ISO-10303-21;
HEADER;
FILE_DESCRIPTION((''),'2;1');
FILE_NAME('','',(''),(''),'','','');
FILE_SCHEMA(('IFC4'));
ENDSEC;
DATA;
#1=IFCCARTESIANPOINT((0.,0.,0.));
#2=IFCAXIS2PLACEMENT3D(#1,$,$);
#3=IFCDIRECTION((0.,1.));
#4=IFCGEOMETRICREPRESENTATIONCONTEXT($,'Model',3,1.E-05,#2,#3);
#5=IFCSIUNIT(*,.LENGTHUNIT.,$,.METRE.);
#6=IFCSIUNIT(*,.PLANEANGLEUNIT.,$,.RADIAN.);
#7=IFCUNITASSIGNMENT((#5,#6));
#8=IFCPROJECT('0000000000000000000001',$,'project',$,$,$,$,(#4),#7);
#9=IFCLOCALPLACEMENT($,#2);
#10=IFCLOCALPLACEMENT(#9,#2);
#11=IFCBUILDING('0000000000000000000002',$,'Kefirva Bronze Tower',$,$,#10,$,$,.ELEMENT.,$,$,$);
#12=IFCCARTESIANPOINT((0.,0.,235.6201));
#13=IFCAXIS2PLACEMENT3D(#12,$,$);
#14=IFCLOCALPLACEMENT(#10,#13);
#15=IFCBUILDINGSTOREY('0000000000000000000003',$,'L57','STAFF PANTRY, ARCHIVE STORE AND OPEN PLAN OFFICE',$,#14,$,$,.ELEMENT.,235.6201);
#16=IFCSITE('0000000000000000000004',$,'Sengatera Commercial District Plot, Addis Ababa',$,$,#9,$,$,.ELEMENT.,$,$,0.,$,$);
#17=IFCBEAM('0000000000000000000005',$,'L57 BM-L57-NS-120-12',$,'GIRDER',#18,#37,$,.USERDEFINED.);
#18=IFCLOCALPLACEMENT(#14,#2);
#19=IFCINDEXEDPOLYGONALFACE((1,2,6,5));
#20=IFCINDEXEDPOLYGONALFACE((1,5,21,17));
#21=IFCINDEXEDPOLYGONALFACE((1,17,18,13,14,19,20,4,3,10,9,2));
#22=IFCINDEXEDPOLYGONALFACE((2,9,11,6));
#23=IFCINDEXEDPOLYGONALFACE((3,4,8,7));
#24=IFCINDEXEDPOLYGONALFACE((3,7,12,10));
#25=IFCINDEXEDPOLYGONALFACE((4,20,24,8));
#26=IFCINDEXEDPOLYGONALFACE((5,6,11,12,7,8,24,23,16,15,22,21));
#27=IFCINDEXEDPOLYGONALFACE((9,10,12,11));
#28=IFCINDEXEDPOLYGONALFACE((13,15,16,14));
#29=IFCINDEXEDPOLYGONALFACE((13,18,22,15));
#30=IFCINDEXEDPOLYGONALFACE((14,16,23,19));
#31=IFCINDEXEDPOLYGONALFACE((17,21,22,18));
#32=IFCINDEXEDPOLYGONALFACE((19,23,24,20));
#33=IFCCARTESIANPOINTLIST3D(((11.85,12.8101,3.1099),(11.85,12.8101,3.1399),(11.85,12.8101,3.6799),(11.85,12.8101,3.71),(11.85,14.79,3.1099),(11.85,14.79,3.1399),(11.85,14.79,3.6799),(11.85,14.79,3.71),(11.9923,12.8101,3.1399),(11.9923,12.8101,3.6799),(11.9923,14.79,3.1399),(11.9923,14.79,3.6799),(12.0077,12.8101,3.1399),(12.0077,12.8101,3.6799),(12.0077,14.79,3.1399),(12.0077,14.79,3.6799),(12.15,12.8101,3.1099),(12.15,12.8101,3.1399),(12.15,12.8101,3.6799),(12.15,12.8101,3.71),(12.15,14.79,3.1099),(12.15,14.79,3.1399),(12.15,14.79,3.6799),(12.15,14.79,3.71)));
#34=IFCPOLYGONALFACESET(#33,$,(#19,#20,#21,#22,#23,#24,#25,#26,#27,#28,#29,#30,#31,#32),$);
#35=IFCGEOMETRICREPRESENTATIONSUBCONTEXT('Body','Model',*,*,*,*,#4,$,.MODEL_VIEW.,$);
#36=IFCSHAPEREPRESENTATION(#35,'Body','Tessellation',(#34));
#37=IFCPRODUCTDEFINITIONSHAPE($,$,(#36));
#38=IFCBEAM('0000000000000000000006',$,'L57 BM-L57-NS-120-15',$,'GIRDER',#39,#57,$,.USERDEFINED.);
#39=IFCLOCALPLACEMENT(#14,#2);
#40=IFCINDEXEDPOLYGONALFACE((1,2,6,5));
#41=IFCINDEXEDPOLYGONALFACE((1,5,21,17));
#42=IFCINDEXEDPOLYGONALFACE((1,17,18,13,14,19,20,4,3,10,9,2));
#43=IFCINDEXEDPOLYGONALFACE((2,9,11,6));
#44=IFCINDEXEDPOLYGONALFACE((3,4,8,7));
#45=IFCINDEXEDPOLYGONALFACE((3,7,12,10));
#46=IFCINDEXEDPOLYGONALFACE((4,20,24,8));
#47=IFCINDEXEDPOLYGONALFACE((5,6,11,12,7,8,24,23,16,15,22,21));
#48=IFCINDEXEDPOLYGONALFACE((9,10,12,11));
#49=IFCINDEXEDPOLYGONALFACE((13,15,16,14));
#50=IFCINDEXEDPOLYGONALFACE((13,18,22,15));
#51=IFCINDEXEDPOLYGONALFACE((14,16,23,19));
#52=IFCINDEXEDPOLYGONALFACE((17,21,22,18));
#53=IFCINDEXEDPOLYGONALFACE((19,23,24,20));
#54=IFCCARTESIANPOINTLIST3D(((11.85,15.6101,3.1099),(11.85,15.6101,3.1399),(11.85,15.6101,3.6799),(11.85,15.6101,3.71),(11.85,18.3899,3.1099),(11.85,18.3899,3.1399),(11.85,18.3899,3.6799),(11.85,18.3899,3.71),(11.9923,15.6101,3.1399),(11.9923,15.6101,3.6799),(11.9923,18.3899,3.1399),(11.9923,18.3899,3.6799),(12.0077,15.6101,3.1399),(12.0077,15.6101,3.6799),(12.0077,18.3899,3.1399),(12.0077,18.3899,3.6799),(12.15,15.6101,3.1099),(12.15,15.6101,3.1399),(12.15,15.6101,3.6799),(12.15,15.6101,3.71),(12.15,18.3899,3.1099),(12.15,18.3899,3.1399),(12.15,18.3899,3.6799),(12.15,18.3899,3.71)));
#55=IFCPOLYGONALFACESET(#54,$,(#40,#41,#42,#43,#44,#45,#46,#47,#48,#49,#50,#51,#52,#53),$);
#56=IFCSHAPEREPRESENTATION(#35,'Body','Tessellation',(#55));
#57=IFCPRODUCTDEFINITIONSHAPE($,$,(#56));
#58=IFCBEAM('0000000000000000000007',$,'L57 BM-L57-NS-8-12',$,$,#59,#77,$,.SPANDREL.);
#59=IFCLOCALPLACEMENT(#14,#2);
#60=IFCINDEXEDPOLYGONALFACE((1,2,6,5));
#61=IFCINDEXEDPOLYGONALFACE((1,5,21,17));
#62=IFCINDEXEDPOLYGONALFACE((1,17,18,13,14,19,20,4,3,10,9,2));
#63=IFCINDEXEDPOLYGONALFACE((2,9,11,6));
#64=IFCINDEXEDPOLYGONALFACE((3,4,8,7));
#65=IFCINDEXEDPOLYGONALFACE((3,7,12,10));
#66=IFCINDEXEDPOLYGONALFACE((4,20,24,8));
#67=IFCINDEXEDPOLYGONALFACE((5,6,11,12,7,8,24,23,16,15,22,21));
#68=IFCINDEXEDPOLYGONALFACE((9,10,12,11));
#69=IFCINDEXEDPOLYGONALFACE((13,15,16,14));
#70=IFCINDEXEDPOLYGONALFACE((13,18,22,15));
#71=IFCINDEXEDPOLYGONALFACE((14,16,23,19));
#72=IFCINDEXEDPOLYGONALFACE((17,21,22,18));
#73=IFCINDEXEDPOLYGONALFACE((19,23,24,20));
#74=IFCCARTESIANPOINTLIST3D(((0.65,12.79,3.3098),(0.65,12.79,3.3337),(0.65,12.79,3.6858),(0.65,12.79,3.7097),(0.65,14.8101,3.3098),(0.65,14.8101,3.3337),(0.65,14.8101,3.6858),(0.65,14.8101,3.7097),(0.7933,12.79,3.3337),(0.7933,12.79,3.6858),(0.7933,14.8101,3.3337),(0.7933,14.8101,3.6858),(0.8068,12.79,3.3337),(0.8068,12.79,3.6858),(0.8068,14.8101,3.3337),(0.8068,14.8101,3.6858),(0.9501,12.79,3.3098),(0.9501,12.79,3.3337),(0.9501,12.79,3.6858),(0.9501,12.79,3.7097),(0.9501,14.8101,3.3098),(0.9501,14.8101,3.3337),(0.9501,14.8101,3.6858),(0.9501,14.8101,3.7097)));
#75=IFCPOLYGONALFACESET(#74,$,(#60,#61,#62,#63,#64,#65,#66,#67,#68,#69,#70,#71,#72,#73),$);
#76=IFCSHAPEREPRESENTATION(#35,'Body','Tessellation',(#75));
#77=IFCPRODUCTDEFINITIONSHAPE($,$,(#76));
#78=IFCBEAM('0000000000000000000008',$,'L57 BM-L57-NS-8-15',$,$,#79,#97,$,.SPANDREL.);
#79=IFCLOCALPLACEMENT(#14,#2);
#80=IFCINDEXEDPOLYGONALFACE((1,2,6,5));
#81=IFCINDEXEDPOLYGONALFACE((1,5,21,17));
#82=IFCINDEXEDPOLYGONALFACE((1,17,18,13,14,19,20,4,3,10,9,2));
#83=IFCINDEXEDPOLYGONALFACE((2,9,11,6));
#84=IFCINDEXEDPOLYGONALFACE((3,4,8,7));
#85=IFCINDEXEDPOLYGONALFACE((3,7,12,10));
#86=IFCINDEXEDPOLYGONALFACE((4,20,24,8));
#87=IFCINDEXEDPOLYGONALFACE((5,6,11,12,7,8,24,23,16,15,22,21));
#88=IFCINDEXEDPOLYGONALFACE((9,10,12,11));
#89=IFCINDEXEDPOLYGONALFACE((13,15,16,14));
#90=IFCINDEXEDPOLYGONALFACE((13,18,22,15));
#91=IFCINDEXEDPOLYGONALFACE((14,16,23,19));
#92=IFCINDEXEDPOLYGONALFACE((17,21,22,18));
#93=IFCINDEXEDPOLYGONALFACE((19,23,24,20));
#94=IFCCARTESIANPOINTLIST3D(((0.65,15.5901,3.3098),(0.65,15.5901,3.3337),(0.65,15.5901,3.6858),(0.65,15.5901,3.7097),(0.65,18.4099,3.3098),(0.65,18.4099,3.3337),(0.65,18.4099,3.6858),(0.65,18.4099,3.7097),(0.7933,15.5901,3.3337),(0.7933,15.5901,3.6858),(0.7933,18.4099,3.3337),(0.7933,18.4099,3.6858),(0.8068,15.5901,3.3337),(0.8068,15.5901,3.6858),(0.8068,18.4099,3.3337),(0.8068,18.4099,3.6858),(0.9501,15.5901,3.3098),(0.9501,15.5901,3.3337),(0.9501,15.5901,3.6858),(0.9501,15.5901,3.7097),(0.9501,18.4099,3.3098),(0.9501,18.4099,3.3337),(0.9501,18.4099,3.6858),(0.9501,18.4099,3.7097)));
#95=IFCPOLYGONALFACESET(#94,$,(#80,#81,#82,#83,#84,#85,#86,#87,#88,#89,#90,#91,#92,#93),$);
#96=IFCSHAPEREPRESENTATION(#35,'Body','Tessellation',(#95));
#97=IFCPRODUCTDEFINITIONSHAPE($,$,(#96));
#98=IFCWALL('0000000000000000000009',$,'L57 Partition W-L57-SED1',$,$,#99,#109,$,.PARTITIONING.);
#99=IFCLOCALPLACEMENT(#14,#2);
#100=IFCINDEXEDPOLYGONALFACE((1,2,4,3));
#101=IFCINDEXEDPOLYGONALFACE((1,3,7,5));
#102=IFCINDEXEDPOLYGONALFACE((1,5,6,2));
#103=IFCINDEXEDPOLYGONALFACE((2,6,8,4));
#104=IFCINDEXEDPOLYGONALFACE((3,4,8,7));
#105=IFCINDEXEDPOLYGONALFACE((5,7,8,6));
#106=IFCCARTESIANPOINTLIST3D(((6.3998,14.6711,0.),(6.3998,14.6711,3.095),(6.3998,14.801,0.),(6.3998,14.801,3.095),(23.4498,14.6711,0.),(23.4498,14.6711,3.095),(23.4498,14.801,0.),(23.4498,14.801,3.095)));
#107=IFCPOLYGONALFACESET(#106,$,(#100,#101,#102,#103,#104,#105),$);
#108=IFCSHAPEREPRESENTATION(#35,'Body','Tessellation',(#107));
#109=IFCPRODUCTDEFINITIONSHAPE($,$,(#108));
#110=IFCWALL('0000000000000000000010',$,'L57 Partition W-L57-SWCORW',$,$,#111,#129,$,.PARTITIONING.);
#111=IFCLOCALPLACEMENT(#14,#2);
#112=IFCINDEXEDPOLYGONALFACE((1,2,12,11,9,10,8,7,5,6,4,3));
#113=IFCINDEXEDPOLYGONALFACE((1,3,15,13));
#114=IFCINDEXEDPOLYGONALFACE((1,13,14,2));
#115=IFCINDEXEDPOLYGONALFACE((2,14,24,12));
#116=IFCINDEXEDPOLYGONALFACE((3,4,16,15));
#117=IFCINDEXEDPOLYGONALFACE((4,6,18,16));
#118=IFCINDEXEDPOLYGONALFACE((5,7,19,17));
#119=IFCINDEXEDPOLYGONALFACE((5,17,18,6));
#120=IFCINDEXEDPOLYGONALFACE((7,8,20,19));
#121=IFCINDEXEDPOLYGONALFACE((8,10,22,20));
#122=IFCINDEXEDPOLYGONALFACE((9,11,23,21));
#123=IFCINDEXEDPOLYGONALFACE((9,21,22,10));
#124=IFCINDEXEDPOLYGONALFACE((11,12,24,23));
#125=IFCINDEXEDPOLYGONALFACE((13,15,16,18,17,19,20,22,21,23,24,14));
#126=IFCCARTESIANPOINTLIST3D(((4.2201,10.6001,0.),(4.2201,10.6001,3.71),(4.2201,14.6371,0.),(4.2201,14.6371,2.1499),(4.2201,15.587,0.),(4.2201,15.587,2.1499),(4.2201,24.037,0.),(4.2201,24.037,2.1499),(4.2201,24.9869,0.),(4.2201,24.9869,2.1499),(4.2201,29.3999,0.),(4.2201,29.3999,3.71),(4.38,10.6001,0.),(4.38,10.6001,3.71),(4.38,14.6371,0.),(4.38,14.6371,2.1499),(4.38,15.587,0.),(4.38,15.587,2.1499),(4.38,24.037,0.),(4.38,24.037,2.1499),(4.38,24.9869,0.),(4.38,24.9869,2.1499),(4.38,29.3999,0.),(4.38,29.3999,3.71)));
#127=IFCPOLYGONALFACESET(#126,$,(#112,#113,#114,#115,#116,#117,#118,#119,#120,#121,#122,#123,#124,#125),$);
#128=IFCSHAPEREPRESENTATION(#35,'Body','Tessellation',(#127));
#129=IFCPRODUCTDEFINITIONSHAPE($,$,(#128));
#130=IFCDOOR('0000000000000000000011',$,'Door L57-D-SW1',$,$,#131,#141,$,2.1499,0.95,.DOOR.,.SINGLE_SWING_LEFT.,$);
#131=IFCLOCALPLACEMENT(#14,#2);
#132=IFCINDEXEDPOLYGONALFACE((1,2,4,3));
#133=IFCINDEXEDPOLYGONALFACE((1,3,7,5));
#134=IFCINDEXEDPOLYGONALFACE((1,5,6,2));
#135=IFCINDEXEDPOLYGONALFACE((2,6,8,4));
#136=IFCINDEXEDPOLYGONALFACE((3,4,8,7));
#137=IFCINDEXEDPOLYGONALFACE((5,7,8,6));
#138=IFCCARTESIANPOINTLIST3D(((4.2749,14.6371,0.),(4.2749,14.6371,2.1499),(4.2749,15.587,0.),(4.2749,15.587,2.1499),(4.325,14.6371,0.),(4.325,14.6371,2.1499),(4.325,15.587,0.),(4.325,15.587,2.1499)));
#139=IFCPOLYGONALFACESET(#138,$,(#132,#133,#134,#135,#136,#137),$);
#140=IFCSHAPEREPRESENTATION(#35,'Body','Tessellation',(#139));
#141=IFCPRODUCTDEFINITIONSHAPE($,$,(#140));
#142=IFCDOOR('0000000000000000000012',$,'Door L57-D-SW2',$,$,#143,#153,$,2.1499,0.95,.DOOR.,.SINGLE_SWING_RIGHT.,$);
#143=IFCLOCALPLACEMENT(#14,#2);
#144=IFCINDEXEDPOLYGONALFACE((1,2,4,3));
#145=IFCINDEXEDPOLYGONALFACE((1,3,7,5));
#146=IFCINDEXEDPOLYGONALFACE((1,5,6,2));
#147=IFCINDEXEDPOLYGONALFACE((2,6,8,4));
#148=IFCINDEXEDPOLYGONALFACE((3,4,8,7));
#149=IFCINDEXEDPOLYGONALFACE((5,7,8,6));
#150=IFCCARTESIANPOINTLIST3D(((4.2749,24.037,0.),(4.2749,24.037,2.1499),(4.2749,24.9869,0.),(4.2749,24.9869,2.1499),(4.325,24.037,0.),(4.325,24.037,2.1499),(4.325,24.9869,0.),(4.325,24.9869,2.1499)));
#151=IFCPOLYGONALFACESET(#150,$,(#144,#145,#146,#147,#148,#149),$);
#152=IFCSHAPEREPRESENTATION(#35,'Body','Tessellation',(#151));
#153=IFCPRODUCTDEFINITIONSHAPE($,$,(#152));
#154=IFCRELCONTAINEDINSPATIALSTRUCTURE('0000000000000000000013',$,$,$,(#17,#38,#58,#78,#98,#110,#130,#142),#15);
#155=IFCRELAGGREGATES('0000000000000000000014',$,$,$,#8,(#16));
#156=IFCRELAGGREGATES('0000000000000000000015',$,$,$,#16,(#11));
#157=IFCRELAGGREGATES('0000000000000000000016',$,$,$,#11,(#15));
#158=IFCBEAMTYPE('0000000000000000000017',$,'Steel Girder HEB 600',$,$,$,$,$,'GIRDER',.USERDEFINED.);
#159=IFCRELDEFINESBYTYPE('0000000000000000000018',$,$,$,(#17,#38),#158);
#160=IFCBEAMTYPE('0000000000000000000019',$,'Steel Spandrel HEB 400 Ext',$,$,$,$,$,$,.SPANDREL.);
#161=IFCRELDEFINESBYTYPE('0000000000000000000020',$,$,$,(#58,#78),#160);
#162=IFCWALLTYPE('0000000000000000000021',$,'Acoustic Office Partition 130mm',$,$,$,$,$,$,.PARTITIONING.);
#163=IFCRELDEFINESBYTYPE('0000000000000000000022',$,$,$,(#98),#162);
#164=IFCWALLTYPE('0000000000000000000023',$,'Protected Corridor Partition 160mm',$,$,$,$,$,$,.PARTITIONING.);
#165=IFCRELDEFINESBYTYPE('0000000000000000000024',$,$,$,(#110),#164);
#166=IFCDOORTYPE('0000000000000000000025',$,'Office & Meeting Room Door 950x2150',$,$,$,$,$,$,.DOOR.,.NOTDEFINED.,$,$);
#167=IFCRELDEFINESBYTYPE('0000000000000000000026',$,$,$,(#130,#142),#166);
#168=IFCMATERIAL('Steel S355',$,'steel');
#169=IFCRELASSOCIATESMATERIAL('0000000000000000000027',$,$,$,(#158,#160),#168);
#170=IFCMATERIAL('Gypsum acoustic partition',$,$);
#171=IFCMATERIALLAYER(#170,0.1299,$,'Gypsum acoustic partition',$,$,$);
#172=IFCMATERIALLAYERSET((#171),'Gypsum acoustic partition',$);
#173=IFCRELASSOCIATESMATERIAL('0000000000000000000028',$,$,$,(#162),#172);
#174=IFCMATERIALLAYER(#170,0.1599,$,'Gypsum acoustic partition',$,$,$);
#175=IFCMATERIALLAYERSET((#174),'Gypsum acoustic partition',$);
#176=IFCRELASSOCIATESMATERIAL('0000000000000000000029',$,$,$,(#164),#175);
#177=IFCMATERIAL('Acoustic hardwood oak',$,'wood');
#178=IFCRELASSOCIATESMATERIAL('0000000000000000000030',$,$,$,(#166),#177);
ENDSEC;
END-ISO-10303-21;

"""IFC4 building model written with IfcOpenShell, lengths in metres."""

from ifc_helpers import new_model, si_unit, direction, frame, frame_2d, origin, origin_2d, place, context, subcontext, project, spatial, rectangle, i_section, extrude, material, layer, layer_set, material_profile, profile_set, type_object, element, fill, save


model = new_model("IFC4")

# Units and contexts
model_context = context("Model", 3, precision=1e-05, world=origin(), true_north=direction((0.0, 1.0)))
body_context = subcontext(model_context, "Body", "Model", "MODEL_VIEW")
ifc_project = project(units=[si_unit("LENGTHUNIT", "METRE"), si_unit("PLANEANGLEUNIT", "RADIAN")], contexts=[model_context])

# Site, building, storey
site_placement = place(None, origin())
site = spatial("IfcSite", under=ifc_project, at=site_placement, Name="Sengatera Commercial District Plot, Addis Ababa", CompositionType="ELEMENT", RefElevation=0.0)
building_placement = place(site_placement, origin())
building = spatial("IfcBuilding", under=site, at=building_placement, Name="Kefirva Bronze Tower", CompositionType="ELEMENT")
storey_placement = place(building_placement, frame((0.0, 0.0, 235.6201)))
storey = spatial("IfcBuildingStorey", under=building, at=storey_placement, Name="L57", Description="STAFF PANTRY, ARCHIVE STORE AND OPEN PLAN OFFICE", CompositionType="ELEMENT", Elevation=235.6201)

# Beams
ifc_material_1 = material(Name="Steel S355", Category="steel")
ifc_material_profile_1 = material_profile(ifc_material_1, i_section(OverallWidth=0.3, OverallDepth=0.6001, WebThickness=0.0154, FlangeThickness=0.03, at=origin_2d()), Name="HEB 600")
ifc_profile_set_1 = profile_set([ifc_material_profile_1], Name="Steel S355")
beam_type_1 = type_object("IfcBeamType", Name="Steel Girder HEB 600", ElementType="GIRDER", PredefinedType="USERDEFINED", material=ifc_profile_set_1)
beam_1_placement = place(storey_placement, frame((12.0, 12.8101, 3.4099), z_axis=(0.0, 1.0, 0.0), x_axis=(-1.0, 0.0, 0.0)))
element("IfcBeam", 1, at=beam_1_placement, inside=storey, type_object=beam_type_1, Name="L57 BM-L57-NS-120-12", ObjectType="GIRDER", PredefinedType="USERDEFINED", context=body_context, shape_type="SweptSolid", body=[
    extrude(i_section(OverallWidth=0.3, OverallDepth=0.6001, WebThickness=0.0154, FlangeThickness=0.03, at=origin_2d()), origin(), (0.0, 0.0, 1.0), 1.98),
])
beam_2_placement = place(storey_placement, frame((12.0, 15.6101, 3.4099), z_axis=(0.0, 1.0, 0.0), x_axis=(-1.0, 0.0, 0.0)))
element("IfcBeam", 2, at=beam_2_placement, inside=storey, type_object=beam_type_1, Name="L57 BM-L57-NS-120-15", ObjectType="GIRDER", PredefinedType="USERDEFINED", context=body_context, shape_type="SweptSolid", body=[
    extrude(i_section(OverallWidth=0.3, OverallDepth=0.6001, WebThickness=0.0154, FlangeThickness=0.03, at=origin_2d()), origin(), (0.0, 0.0, 1.0), 2.7798),
])
ifc_material_profile_2 = material_profile(ifc_material_1, i_section(OverallWidth=0.3, OverallDepth=0.3999, WebThickness=0.0134, FlangeThickness=0.0239, at=origin_2d()), Name="HEB 400")
ifc_profile_set_2 = profile_set([ifc_material_profile_2], Name="Steel S355")
beam_type_2 = type_object("IfcBeamType", Name="Steel Spandrel HEB 400 Ext", PredefinedType="SPANDREL", material=ifc_profile_set_2)
beam_3_placement = place(storey_placement, frame((0.8, 12.79, 3.5098), z_axis=(0.0, 1.0, 0.0), x_axis=(-1.0, 0.0, 0.0)))
element("IfcBeam", 3, at=beam_3_placement, inside=storey, type_object=beam_type_2, Name="L57 BM-L57-NS-8-12", PredefinedType="SPANDREL", context=body_context, shape_type="SweptSolid", body=[
    extrude(i_section(OverallWidth=0.3, OverallDepth=0.3999, WebThickness=0.0134, FlangeThickness=0.0239, at=origin_2d()), origin(), (0.0, 0.0, 1.0), 2.02),
])
beam_4_placement = place(storey_placement, frame((0.8, 15.5901, 3.5098), z_axis=(0.0, 1.0, 0.0), x_axis=(-1.0, 0.0, 0.0)))
element("IfcBeam", 4, at=beam_4_placement, inside=storey, type_object=beam_type_2, Name="L57 BM-L57-NS-8-15", PredefinedType="SPANDREL", context=body_context, shape_type="SweptSolid", body=[
    extrude(i_section(OverallWidth=0.3, OverallDepth=0.3999, WebThickness=0.0134, FlangeThickness=0.0239, at=origin_2d()), origin(), (0.0, 0.0, 1.0), 2.8198),
])

# Wall
ifc_material_2 = material(Name="Gypsum acoustic partition")
ifc_layer_1 = layer(ifc_material_2, 0.1299, Name="Gypsum acoustic partition")
ifc_layer_set_1 = layer_set([ifc_layer_1], Name="Gypsum acoustic partition")
wall_type_1 = type_object("IfcWallType", Name="Acoustic Office Partition 130mm", PredefinedType="PARTITIONING", material=ifc_layer_set_1)
wall_1_placement = place(storey_placement, frame((6.3999, 14.7361, 0.0), z_axis=(0.0, 0.0, 1.0), x_axis=(1.0, 0.0, 0.0)))
element("IfcWall", 5, at=wall_1_placement, inside=storey, type_object=wall_type_1, Name="L57 Partition W-L57-SED1", PredefinedType="PARTITIONING", context=body_context, shape_type="SweptSolid", body=[
    extrude(rectangle(XDim=17.05, YDim=0.1299, at=frame_2d((8.5249, 0.0))), origin(), (0.0, 0.0, 1.0), 3.095),
])

# Wall, openings, doors
ifc_layer_2 = layer(ifc_material_2, 0.1599, Name="Gypsum acoustic partition")
ifc_layer_set_2 = layer_set([ifc_layer_2], Name="Gypsum acoustic partition")
wall_type_2 = type_object("IfcWallType", Name="Protected Corridor Partition 160mm", PredefinedType="PARTITIONING", material=ifc_layer_set_2)
wall_2_placement = place(storey_placement, frame((4.3, 10.6001, 0.0), z_axis=(0.0, 0.0, 1.0), x_axis=(0.0, 1.0, 0.0)))
wall_2 = element("IfcWall", 6, at=wall_2_placement, inside=storey, type_object=wall_type_2, Name="L57 Partition W-L57-SWCORW", PredefinedType="PARTITIONING", context=body_context, shape_type="SweptSolid", body=[
    extrude(rectangle(XDim=18.7998, YDim=0.1599, at=frame_2d((9.3999, 0.0))), origin(), (0.0, 0.0, 1.0), 3.71),
])
opening_1_placement = place(wall_2_placement, frame((4.9871, 0.0, 0.0), z_axis=(0.0, 0.0, 1.0), x_axis=(-1.0, 0.0, 0.0)))
opening_1 = element("IfcOpeningElement", 7, at=opening_1_placement, cuts=wall_2, PredefinedType="OPENING", context=body_context, shape_type="SweptSolid", body=[
    extrude(rectangle(XDim=0.95, YDim=2.1499, at=frame_2d((0.4751, 1.075))), frame((0.0, 0.0898, 0.0), z_axis=(0.0, -1.0, 0.0), x_axis=(1.0, 0.0, 0.0)), (0.0, 0.0, 1.0), 0.1799),
])
opening_2_placement = place(wall_2_placement, frame((14.387, 0.0, 0.0), z_axis=(0.0, 0.0, 1.0), x_axis=(-1.0, 0.0, 0.0)))
opening_2 = element("IfcOpeningElement", 8, at=opening_2_placement, cuts=wall_2, PredefinedType="OPENING", context=body_context, shape_type="SweptSolid", body=[
    extrude(rectangle(XDim=0.95, YDim=2.1499, at=frame_2d((0.4751, 1.075))), frame((0.0, 0.0898, 0.0), z_axis=(0.0, -1.0, 0.0), x_axis=(1.0, 0.0, 0.0)), (0.0, 0.0, 1.0), 0.1799),
])
ifc_material_3 = material(Name="Acoustic hardwood oak", Category="wood")
door_type = type_object("IfcDoorType", Name="Office & Meeting Room Door 950x2150", OperationType="NOTDEFINED", PredefinedType="DOOR", material=ifc_material_3)
door_1_placement = place(opening_1_placement, origin())
door_1 = element("IfcDoor", 9, at=door_1_placement, inside=storey, type_object=door_type, Name="Door L57-D-SW1", OperationType="SINGLE_SWING_LEFT", OverallHeight=2.1499, OverallWidth=0.95, PredefinedType="DOOR", context=body_context, shape_type="SweptSolid", body=[
    extrude(rectangle(XDim=0.95, YDim=2.1499, at=frame_2d((0.4751, 1.075))), frame((0.0, 0.0249, 0.0), z_axis=(0.0, -1.0, 0.0), x_axis=(1.0, 0.0, 0.0)), (0.0, 0.0, 1.0), 0.05),
])
fill(opening_1, door_1)
door_2_placement = place(opening_2_placement, origin())
door_2 = element("IfcDoor", 10, at=door_2_placement, inside=storey, type_object=door_type, Name="Door L57-D-SW2", OperationType="SINGLE_SWING_RIGHT", OverallHeight=2.1499, OverallWidth=0.95, PredefinedType="DOOR", context=body_context, shape_type="SweptSolid", body=[
    extrude(rectangle(XDim=0.95, YDim=2.1499, at=frame_2d((0.4751, 1.075))), frame((0.0, 0.0249, 0.0), z_axis=(0.0, -1.0, 0.0), x_axis=(1.0, 0.0, 0.0)), (0.0, 0.0, 1.0), 0.05),
])
fill(opening_2, door_2)

save(model, "model.ifc")
